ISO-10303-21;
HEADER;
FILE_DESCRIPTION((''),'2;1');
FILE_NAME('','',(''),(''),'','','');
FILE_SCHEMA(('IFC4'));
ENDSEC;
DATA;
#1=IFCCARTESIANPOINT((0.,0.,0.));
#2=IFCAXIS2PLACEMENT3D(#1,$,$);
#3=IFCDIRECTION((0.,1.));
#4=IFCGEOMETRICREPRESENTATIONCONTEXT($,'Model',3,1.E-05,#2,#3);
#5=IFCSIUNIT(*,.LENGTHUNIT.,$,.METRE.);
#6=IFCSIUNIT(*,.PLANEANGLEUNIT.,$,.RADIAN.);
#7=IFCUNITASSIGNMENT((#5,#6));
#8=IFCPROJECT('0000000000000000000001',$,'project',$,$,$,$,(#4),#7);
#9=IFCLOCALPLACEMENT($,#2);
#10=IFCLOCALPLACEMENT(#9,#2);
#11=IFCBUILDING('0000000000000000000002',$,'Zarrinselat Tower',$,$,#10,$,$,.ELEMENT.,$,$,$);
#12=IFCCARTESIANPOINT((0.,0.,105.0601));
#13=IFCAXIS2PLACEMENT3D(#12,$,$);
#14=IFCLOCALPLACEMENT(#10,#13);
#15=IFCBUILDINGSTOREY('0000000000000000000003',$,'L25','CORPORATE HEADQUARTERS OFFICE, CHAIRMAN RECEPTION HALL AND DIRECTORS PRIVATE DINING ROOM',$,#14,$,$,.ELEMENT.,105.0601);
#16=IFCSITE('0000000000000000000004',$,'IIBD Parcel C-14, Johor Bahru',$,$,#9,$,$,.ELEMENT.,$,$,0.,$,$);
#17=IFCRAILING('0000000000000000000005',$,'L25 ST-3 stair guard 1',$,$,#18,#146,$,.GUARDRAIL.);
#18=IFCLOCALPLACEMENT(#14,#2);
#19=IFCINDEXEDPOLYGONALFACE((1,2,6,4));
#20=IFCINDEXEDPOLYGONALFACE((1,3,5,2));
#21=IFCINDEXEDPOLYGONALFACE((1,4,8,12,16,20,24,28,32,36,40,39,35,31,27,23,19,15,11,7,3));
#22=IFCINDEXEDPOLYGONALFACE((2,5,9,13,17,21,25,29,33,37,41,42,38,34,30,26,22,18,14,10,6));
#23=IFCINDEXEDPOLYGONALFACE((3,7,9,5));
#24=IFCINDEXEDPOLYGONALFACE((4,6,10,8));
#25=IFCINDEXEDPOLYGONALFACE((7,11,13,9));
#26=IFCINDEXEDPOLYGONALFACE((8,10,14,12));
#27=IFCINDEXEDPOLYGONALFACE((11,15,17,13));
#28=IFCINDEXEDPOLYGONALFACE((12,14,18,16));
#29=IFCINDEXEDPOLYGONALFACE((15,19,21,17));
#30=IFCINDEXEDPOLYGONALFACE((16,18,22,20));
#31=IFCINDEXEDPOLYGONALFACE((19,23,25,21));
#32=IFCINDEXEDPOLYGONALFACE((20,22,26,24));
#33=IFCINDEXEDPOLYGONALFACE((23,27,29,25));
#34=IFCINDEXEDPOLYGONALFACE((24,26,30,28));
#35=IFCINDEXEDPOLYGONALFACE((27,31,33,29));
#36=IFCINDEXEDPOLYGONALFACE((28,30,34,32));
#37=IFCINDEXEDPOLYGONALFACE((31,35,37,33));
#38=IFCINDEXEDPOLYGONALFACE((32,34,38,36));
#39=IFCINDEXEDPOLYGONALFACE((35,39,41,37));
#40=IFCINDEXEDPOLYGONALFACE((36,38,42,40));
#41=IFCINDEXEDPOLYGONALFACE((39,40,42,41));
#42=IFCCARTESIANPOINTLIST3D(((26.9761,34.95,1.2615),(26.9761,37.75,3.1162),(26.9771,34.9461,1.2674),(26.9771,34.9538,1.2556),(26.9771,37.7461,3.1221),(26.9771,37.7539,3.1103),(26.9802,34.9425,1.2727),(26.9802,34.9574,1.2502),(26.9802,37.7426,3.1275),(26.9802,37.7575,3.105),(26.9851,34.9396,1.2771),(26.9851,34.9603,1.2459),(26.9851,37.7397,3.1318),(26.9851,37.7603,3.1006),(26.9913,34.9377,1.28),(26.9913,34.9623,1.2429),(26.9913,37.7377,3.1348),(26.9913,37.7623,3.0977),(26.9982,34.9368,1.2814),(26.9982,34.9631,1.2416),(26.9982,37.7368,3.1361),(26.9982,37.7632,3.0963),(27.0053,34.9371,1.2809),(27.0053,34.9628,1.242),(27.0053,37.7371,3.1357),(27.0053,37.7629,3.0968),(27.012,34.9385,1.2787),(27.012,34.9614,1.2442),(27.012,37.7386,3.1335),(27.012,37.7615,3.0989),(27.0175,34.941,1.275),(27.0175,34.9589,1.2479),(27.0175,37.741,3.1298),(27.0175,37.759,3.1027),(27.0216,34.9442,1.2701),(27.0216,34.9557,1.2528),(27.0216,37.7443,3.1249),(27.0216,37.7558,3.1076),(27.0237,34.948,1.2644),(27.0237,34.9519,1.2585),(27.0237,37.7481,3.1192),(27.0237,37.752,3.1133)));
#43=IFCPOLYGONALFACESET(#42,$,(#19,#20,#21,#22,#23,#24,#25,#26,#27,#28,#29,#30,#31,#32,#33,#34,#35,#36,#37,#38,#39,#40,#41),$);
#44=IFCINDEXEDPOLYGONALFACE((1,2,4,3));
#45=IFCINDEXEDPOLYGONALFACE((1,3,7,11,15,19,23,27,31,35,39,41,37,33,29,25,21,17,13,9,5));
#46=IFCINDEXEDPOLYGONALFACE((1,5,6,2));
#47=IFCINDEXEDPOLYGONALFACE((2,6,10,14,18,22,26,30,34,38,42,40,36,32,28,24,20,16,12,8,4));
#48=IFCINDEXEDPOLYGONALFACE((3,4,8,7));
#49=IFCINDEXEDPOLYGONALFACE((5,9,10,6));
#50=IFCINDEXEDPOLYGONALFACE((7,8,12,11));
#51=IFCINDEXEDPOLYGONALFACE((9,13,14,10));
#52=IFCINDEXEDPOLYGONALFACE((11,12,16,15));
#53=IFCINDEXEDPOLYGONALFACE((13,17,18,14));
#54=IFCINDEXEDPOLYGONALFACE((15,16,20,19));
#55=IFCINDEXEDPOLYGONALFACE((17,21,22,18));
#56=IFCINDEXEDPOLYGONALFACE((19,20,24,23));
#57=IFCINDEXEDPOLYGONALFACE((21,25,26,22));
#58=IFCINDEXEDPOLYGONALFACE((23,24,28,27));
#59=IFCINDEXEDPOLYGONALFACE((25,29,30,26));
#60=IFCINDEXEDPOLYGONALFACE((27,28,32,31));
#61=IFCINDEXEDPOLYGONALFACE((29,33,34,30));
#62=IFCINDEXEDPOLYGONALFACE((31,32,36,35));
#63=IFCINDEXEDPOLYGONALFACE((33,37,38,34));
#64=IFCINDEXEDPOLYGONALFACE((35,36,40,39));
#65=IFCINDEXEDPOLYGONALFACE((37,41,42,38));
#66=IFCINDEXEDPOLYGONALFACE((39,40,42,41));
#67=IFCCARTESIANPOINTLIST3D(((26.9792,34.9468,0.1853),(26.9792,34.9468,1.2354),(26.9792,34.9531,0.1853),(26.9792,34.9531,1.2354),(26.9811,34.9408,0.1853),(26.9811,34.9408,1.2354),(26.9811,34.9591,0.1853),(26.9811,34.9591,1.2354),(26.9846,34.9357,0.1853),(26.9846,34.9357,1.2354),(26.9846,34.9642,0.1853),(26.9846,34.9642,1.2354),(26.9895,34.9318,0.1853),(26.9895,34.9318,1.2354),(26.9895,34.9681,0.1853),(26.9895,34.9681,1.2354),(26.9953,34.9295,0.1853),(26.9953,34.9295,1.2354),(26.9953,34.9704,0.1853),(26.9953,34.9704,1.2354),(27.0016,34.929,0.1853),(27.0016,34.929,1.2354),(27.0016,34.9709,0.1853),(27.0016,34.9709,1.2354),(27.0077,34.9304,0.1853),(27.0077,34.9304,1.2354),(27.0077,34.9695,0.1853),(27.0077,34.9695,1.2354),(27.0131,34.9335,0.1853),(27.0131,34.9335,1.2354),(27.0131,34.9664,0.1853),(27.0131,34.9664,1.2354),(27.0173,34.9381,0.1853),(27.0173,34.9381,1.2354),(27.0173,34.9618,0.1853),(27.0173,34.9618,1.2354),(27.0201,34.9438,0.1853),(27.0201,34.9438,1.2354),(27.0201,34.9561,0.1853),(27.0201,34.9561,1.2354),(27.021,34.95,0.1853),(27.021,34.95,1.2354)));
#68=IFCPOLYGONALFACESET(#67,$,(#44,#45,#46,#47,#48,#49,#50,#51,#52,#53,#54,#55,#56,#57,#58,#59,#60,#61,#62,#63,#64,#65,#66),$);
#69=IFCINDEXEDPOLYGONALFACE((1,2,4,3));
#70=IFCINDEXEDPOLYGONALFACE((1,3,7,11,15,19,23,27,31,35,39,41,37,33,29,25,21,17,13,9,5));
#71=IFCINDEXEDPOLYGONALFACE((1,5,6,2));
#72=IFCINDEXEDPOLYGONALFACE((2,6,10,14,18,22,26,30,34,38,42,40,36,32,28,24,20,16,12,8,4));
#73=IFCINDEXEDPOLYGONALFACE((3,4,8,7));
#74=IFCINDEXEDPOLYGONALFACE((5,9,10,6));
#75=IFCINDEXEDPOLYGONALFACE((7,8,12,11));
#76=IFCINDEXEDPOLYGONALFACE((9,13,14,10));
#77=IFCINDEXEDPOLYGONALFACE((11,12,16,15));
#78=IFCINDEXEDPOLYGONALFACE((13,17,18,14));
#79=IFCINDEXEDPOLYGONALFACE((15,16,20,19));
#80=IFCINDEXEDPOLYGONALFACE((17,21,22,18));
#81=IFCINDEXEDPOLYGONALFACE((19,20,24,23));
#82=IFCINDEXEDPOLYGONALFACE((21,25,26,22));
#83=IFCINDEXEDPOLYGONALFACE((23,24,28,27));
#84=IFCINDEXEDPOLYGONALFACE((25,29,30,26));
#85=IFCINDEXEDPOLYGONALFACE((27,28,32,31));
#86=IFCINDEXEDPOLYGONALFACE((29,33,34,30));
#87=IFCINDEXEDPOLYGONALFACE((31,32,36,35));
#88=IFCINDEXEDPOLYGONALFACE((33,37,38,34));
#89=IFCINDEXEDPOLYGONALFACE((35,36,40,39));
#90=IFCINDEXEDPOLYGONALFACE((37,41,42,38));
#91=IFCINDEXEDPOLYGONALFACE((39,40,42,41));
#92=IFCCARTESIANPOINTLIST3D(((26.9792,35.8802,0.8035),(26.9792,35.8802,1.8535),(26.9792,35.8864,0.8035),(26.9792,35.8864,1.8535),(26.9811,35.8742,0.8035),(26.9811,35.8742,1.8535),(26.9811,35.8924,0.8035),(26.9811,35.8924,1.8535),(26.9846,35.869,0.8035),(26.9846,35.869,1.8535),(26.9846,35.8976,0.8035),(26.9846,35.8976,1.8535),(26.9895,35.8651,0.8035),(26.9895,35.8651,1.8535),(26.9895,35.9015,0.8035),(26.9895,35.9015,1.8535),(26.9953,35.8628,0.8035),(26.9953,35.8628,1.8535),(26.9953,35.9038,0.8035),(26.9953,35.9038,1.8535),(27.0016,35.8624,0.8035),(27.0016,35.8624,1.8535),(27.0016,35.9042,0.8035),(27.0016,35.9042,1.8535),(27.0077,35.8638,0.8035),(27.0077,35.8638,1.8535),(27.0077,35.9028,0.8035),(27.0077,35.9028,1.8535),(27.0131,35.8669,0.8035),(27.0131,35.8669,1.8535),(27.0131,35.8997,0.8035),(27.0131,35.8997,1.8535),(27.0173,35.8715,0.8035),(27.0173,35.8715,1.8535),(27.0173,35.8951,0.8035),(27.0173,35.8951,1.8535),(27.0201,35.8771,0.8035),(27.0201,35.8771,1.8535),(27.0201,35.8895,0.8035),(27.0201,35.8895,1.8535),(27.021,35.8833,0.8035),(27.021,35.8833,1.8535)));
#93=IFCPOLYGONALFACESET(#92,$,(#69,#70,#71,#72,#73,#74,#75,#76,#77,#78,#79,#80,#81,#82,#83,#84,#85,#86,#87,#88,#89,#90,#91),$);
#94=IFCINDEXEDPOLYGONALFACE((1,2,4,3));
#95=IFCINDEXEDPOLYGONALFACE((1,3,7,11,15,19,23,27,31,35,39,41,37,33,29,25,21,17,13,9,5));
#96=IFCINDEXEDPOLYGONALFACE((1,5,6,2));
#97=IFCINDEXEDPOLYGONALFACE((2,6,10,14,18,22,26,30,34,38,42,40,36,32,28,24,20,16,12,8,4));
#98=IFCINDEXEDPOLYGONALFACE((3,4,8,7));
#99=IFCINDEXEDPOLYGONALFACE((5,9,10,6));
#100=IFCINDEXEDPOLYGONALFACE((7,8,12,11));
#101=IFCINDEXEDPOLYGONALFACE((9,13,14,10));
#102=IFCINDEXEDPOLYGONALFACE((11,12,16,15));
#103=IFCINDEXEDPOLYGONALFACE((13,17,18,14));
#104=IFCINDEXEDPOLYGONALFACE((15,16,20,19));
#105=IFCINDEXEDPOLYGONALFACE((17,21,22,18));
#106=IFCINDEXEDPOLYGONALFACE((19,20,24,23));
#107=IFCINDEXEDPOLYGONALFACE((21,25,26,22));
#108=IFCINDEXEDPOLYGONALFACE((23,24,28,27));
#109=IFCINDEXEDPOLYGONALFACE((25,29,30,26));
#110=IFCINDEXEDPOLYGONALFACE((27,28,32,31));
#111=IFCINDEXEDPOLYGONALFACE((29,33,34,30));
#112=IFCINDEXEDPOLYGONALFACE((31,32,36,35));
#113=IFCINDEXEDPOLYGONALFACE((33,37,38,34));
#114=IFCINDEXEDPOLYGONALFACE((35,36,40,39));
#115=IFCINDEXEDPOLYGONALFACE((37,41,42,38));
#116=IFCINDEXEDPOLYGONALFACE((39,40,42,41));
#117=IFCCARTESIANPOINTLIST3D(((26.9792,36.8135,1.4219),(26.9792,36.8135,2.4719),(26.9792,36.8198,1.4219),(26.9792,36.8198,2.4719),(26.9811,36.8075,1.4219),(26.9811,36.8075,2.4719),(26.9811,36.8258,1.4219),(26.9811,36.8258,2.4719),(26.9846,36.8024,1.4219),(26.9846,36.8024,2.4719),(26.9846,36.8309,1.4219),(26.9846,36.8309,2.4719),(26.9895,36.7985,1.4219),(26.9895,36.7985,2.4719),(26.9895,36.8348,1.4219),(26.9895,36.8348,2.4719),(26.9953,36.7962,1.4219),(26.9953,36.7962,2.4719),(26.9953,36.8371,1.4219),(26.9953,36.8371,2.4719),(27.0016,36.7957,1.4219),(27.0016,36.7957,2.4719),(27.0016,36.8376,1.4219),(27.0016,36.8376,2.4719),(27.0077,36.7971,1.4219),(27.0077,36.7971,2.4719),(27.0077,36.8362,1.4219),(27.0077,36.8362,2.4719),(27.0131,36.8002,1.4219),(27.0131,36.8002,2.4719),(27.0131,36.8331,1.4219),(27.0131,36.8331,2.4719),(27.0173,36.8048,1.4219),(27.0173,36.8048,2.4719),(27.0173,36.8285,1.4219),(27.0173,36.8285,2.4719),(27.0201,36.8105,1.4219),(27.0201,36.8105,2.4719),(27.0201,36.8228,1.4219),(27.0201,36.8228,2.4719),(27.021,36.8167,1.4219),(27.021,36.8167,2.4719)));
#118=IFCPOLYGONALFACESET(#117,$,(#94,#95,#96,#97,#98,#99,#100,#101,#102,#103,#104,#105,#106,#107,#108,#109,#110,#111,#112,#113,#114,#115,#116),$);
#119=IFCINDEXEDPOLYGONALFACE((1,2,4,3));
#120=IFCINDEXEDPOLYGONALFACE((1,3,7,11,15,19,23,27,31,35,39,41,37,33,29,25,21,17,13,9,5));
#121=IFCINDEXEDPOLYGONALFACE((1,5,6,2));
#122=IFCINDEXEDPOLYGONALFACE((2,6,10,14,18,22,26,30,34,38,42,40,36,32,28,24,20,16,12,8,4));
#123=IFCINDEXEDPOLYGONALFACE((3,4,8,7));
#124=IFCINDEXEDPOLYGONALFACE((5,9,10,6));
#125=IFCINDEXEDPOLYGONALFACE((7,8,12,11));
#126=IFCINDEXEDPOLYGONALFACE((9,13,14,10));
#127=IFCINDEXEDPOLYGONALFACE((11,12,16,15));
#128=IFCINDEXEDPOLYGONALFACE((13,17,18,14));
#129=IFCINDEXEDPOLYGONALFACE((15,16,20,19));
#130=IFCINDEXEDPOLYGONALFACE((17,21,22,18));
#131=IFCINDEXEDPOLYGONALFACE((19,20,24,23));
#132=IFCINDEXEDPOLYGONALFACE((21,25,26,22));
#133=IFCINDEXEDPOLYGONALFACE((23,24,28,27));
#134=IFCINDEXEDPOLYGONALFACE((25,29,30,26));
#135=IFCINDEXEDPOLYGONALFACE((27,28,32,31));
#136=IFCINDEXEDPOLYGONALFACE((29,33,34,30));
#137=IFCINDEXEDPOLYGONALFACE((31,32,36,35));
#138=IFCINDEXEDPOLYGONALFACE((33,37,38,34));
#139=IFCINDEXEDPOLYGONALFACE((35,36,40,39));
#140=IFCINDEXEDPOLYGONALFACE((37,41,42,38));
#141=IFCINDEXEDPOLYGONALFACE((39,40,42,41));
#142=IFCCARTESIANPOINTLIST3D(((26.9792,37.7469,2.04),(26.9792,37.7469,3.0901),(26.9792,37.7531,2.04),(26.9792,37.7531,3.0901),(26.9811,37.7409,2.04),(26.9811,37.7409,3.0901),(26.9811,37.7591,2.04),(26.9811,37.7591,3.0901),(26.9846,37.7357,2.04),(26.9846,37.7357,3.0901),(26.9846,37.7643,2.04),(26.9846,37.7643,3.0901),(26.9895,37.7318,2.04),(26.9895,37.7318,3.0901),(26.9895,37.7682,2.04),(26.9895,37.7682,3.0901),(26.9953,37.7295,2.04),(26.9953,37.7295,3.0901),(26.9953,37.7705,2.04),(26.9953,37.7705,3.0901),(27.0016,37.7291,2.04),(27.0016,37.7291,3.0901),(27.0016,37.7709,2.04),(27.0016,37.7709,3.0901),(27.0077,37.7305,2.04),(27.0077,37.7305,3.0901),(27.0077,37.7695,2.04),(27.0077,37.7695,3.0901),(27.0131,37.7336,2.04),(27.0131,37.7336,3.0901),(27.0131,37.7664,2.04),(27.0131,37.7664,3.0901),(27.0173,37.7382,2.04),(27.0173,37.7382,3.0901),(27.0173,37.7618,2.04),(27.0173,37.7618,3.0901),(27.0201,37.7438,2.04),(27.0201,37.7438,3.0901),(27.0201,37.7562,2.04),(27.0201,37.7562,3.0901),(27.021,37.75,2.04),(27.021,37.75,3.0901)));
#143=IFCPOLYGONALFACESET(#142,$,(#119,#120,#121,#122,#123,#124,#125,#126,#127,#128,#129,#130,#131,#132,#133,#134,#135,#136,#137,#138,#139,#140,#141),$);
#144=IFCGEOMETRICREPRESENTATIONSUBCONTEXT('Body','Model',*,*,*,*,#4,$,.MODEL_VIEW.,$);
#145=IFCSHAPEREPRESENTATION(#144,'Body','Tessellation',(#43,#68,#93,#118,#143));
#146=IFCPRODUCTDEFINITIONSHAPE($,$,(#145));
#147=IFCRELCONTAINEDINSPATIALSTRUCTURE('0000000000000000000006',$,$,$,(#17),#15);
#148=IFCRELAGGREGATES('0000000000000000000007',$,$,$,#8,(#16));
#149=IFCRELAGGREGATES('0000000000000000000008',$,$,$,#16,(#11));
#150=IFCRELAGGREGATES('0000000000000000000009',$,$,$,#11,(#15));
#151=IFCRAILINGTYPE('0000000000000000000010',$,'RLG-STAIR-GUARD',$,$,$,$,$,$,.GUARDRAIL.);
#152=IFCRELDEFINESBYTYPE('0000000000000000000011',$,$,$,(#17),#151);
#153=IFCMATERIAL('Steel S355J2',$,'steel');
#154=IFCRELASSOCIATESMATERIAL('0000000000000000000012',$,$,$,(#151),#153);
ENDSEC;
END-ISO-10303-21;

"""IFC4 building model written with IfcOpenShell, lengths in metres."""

from ifc_helpers import new_model, si_unit, direction, frame, origin, origin_2d, place, context, subcontext, project, spatial, circle, extrude, material, type_object, element, save


model = new_model("IFC4")

# Units and contexts
model_context = context("Model", 3, precision=1e-05, world=origin(), true_north=direction((0.0, 1.0)))
body_context = subcontext(model_context, "Body", "Model", "MODEL_VIEW")
ifc_project = project(units=[si_unit("LENGTHUNIT", "METRE"), si_unit("PLANEANGLEUNIT", "RADIAN")], contexts=[model_context])

# Site, building, storey
site_placement = place(None, origin())
site = spatial("IfcSite", under=ifc_project, at=site_placement, Name="IIBD Parcel C-14, Johor Bahru", CompositionType="ELEMENT", RefElevation=0.0)
building_placement = place(site_placement, origin())
building = spatial("IfcBuilding", under=site, at=building_placement, Name="Zarrinselat Tower", CompositionType="ELEMENT")
storey_placement = place(building_placement, frame((0.0, 0.0, 105.0601)))
storey = spatial("IfcBuildingStorey", under=building, at=storey_placement, Name="L25", Description="CORPORATE HEADQUARTERS OFFICE, CHAIRMAN RECEPTION HALL AND DIRECTORS PRIVATE DINING ROOM", CompositionType="ELEMENT", Elevation=105.0601)

# Railing
ifc_material_1 = material(Name="Steel S355J2", Category="steel")
railing_type_1 = type_object("IfcRailingType", Name="RLG-STAIR-GUARD", PredefinedType="GUARDRAIL", material=ifc_material_1)
railing_1_placement = place(storey_placement, frame((27.0, 34.95, 0.1853)))
element("IfcRailing", 1, at=railing_1_placement, inside=storey, type_object=railing_type_1, Name="L25 ST-3 stair guard 1", PredefinedType="GUARDRAIL", context=body_context, shape_type="SweptSolid", body=[
    extrude(circle(Radius=0.0239, at=origin_2d()), frame((0.0, 0.0, 1.0762), z_axis=(0.0, 0.833691, 0.552232), x_axis=(-1.0, 0.0, 0.0)), (0.0, 0.0, 1.0), 3.3586),
    extrude(circle(Radius=0.021, at=origin_2d()), origin(), (0.0, 0.0, 1.0), 1.05),
    extrude(circle(Radius=0.021, at=origin_2d()), frame((0.0, 0.9333, 0.6182)), (0.0, 0.0, 1.0), 1.05),
    extrude(circle(Radius=0.021, at=origin_2d()), frame((0.0, 1.8667, 1.2366)), (0.0, 0.0, 1.0), 1.05),
    extrude(circle(Radius=0.021, at=origin_2d()), frame((0.0, 2.8, 1.8547)), (0.0, 0.0, 1.0), 1.05),
])

save(model, "model.ifc")
